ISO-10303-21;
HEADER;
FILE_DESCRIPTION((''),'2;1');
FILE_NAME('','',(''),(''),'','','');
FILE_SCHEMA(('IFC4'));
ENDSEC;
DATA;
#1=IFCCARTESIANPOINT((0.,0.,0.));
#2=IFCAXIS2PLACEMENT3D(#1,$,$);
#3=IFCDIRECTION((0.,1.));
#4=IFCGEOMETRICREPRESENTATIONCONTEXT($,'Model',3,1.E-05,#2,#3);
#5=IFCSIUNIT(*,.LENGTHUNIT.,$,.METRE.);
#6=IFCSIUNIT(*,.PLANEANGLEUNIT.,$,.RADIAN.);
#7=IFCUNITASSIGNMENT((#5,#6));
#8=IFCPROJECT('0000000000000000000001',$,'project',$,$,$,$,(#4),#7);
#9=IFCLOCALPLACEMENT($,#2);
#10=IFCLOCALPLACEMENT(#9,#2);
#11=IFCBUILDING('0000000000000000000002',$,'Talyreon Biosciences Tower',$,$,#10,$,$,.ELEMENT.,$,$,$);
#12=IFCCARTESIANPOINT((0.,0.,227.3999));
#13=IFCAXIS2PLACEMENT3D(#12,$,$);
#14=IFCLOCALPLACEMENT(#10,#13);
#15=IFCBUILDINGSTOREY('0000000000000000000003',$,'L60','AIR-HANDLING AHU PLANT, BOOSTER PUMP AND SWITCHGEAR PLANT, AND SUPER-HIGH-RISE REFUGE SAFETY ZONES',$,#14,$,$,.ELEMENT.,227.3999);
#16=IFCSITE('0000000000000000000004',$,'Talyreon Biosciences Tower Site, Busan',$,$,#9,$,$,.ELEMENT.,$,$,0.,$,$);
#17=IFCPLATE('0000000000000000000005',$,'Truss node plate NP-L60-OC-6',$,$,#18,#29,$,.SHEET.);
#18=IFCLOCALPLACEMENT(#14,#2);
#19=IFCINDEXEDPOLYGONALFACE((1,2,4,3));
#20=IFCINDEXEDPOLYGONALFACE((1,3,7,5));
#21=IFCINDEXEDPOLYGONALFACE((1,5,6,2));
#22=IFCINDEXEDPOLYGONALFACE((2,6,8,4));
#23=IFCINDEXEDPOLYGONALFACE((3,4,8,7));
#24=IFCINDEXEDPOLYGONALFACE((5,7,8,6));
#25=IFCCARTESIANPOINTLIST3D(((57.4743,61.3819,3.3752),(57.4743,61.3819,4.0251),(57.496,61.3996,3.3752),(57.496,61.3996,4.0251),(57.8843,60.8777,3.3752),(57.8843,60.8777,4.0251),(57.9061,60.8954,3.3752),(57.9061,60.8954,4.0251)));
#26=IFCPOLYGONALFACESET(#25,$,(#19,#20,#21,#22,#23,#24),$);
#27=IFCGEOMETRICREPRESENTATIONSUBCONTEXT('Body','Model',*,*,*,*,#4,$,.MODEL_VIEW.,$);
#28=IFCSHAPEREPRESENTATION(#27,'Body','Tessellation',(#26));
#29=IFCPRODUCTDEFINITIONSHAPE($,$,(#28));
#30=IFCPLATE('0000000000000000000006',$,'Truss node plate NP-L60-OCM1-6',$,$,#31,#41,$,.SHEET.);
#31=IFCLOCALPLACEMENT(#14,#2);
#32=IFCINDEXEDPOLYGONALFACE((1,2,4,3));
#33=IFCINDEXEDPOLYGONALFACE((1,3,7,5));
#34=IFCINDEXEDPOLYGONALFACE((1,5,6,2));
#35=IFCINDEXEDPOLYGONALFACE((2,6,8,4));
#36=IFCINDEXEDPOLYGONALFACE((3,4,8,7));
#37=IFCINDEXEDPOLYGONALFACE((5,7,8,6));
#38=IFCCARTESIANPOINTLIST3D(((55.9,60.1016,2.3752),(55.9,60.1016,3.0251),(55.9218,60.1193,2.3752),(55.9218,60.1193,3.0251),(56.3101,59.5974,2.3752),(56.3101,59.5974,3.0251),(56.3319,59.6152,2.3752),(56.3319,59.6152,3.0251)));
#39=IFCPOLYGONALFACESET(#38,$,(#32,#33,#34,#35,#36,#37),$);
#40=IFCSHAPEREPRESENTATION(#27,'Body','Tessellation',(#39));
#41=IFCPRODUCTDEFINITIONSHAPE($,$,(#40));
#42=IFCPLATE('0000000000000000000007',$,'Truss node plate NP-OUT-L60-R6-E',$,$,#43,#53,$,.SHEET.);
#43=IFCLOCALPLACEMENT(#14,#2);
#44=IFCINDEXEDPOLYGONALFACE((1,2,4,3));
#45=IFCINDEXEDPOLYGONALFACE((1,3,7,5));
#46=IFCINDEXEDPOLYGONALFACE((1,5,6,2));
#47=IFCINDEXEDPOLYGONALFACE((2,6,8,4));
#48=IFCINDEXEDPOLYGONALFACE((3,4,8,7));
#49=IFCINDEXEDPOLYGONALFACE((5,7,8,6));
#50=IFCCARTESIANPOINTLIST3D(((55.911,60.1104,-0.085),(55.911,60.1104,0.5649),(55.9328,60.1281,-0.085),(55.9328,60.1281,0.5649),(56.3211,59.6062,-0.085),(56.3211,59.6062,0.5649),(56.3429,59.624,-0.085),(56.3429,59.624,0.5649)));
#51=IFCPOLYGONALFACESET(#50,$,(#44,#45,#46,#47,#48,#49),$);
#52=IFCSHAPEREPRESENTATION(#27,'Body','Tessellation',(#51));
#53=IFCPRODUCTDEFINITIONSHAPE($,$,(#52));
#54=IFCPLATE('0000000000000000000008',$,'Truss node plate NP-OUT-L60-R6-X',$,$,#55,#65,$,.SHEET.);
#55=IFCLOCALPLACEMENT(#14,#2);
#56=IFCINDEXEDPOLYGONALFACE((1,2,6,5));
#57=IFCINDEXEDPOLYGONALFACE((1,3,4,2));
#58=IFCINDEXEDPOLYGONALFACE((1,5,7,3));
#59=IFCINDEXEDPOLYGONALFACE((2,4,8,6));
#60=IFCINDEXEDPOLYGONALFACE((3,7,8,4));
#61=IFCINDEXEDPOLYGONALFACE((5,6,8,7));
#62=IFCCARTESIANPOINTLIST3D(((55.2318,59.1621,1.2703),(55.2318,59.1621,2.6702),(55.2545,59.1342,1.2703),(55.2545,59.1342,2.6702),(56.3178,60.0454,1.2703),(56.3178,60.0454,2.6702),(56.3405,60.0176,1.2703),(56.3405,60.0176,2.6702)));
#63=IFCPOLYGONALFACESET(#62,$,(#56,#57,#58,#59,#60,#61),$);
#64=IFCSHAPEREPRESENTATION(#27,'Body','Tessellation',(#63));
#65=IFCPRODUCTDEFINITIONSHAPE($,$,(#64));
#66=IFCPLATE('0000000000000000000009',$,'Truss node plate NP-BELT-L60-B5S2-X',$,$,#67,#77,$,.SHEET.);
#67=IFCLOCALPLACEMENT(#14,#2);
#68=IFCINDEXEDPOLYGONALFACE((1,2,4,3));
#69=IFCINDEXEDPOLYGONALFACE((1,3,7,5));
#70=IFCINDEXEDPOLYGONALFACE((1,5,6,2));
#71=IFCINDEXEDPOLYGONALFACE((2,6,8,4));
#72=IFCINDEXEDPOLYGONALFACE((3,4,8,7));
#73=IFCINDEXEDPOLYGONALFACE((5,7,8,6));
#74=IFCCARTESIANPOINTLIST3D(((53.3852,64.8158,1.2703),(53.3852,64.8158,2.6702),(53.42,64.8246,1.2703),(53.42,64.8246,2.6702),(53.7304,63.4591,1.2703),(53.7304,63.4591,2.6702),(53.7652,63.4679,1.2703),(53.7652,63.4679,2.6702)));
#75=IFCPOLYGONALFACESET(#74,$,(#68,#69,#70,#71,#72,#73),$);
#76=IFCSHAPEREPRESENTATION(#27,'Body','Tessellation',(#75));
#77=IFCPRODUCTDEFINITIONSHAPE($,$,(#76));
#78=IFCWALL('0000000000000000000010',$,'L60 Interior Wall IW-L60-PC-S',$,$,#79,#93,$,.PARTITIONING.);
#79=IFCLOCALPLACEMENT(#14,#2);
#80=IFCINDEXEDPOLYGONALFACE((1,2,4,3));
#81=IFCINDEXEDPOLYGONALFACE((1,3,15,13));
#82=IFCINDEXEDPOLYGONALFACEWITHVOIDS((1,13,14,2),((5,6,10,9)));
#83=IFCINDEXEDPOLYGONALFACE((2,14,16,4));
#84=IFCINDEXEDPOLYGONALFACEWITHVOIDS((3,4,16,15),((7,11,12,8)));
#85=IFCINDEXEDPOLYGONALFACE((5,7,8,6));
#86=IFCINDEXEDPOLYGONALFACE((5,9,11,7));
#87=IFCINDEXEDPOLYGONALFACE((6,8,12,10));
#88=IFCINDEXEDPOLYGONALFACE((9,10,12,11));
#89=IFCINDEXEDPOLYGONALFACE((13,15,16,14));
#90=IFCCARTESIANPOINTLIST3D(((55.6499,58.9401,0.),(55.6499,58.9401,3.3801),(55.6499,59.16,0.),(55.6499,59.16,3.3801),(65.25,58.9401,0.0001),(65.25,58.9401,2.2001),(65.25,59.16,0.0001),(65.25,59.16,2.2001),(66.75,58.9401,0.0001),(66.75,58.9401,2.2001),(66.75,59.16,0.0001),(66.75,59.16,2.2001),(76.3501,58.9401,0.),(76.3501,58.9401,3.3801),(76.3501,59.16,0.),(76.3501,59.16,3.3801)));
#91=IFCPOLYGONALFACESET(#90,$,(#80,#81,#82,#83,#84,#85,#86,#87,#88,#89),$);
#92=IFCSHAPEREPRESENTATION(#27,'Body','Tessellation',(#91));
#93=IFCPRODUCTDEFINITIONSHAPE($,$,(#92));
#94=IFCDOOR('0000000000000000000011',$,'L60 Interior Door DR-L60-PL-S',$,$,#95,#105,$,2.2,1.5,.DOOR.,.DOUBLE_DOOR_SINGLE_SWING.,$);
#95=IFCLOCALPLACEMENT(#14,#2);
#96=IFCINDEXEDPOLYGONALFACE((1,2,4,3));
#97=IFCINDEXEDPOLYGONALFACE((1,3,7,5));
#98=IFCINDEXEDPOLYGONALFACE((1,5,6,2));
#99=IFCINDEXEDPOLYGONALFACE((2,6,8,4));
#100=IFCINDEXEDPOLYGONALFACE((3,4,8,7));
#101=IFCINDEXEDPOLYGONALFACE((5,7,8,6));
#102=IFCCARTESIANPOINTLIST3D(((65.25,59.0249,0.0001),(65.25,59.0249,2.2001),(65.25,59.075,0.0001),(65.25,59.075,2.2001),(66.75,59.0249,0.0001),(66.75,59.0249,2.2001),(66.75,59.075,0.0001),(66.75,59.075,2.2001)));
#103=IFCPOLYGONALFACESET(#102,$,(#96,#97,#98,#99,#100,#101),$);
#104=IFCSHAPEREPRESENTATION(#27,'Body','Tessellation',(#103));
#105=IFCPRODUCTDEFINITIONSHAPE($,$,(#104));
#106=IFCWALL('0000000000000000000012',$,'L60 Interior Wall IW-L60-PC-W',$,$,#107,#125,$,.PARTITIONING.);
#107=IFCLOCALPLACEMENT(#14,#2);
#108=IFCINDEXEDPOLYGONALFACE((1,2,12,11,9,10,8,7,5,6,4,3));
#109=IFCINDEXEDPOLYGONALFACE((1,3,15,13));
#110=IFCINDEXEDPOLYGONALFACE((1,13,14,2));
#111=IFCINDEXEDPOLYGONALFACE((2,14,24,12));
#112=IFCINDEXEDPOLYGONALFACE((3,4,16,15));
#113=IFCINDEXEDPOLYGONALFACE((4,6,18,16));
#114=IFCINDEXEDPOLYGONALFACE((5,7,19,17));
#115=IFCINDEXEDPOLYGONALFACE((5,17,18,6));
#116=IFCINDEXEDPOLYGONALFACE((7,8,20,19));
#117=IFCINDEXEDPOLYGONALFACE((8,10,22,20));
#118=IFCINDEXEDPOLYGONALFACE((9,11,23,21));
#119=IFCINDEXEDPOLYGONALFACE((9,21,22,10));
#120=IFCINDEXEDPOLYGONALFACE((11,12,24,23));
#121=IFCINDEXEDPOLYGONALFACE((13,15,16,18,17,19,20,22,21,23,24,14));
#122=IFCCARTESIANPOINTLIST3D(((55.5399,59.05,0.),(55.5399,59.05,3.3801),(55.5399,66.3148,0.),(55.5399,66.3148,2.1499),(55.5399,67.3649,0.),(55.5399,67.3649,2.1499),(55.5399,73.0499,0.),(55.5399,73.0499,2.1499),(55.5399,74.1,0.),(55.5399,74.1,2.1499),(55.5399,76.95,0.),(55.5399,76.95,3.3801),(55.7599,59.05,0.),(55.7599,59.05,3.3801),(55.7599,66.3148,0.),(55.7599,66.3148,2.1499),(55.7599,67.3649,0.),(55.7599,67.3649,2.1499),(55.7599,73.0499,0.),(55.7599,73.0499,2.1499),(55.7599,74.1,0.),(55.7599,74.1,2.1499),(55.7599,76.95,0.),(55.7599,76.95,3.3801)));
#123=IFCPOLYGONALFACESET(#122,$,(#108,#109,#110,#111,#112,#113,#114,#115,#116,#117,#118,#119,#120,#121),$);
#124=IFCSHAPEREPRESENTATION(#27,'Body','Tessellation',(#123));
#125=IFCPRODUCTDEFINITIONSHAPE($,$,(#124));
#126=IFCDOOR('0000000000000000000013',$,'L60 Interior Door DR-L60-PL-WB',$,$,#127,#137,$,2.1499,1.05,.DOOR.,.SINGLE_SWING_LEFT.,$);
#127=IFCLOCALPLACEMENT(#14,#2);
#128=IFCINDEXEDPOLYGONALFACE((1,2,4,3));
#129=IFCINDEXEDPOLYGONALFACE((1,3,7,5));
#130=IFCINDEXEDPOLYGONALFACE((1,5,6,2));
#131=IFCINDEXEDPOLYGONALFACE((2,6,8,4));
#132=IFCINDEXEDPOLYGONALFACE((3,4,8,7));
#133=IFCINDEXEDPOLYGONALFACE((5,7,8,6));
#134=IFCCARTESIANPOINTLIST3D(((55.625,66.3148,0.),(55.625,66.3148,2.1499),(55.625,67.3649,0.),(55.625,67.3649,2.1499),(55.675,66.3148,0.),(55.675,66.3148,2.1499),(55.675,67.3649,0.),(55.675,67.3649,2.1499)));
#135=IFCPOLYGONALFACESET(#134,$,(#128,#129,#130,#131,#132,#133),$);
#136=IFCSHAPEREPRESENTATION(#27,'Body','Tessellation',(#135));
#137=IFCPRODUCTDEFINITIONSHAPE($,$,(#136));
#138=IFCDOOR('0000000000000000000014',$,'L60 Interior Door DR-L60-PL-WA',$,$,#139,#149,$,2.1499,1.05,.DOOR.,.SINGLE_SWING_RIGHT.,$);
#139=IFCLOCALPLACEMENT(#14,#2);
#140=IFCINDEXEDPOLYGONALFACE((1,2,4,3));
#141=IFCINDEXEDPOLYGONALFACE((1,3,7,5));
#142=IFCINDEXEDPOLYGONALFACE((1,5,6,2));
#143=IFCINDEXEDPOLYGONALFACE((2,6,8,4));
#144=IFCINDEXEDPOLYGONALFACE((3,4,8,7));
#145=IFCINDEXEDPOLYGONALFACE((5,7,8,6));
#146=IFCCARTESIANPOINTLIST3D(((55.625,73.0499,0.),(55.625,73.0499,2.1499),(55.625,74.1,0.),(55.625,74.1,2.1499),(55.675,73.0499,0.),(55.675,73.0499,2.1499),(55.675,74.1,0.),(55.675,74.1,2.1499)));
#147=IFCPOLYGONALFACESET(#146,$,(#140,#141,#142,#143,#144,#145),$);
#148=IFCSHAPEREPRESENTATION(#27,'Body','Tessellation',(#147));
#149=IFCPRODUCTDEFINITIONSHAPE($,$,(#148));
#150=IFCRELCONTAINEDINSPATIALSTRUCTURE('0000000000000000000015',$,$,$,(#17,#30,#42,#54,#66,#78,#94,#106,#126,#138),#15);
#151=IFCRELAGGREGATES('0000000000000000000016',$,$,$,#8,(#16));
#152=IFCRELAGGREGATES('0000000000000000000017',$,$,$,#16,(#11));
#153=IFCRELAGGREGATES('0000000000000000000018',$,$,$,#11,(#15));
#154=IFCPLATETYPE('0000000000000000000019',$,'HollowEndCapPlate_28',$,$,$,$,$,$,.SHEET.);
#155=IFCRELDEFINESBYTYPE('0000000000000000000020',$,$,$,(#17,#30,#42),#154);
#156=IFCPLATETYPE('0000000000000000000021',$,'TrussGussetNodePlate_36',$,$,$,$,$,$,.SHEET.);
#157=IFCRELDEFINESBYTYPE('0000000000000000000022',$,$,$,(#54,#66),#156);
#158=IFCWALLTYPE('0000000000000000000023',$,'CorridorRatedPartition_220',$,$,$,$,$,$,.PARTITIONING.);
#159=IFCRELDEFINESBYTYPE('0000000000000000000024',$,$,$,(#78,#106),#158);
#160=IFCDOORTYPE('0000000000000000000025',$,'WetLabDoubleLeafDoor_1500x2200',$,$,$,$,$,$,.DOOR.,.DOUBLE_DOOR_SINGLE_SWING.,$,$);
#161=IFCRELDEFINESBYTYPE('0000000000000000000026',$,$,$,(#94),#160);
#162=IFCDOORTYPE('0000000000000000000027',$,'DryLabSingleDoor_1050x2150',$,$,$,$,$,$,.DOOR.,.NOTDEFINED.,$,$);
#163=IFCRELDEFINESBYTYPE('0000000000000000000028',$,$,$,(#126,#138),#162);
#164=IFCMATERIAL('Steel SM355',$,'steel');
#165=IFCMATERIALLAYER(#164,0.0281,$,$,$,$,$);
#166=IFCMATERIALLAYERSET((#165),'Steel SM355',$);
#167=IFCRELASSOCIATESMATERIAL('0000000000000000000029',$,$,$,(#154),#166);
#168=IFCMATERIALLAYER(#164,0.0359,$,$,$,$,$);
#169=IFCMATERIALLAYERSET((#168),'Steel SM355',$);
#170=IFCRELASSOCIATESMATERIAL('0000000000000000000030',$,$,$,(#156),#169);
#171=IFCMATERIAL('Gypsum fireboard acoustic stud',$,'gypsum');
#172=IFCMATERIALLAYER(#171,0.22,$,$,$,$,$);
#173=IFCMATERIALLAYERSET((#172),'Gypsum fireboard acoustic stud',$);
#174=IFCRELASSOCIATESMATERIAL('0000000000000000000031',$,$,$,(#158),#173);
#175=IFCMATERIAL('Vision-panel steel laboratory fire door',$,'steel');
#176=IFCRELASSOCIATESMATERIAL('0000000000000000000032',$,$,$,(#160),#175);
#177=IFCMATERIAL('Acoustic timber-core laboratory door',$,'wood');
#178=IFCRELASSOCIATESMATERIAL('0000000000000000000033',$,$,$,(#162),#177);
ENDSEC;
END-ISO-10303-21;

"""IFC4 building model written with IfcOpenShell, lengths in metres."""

from ifc_helpers import new_model, si_unit, direction, frame, frame_2d, origin, origin_2d, place, context, subcontext, project, spatial, rectangle, extrude, material, layer, layer_set, type_object, element, fill, save


model = new_model("IFC4")

# Units and contexts
model_context = context("Model", 3, precision=1e-05, world=origin(), true_north=direction((0.0, 1.0)))
body_context = subcontext(model_context, "Body", "Model", "MODEL_VIEW")
ifc_project = project(units=[si_unit("LENGTHUNIT", "METRE"), si_unit("PLANEANGLEUNIT", "RADIAN")], contexts=[model_context])

# Site, building, storey
site_placement = place(None, origin())
site = spatial("IfcSite", under=ifc_project, at=site_placement, Name="Talyreon Biosciences Tower Site, Busan", CompositionType="ELEMENT", RefElevation=0.0)
building_placement = place(site_placement, origin())
building = spatial("IfcBuilding", under=site, at=building_placement, Name="Talyreon Biosciences Tower", CompositionType="ELEMENT")
storey_placement = place(building_placement, frame((0.0, 0.0, 227.3999)))
storey = spatial("IfcBuildingStorey", under=building, at=storey_placement, Name="L60", Description="AIR-HANDLING AHU PLANT, BOOSTER PUMP AND SWITCHGEAR PLANT, AND SUPER-HIGH-RISE REFUGE SAFETY ZONES", CompositionType="ELEMENT", Elevation=227.3999)

# Shared definitions
ifc_material_1 = material(Name="Steel SM355", Category="steel")

# Plates
ifc_layer_1 = layer(ifc_material_1, 0.0281)
ifc_layer_set_1 = layer_set([ifc_layer_1], Name="Steel SM355")
plate_type_1 = type_object("IfcPlateType", Name="HollowEndCapPlate_28", PredefinedType="SHEET", material=ifc_layer_set_1)
for number, where, z_axis, x_axis, name in (
    (1, (57.6902, 61.1387, 3.3752), (0.0, 0.0, 1.0), (0.631001, -0.775782, 0.0), "Truss node plate NP-L60-OC-6"),
    (2, (56.116, 59.8584, 2.3752), (0.0, 0.0, 1.0), (0.631001, -0.775782, 0.0), "Truss node plate NP-L60-OCM1-6"),
    (3, (56.127, 59.8672, -0.085), (0.0, 0.0, 1.0), (0.631014, -0.775771, 0.0), "Truss node plate NP-OUT-L60-R6-E"),
):
    element("IfcPlate", number, at=place(storey_placement, frame(where, z_axis=z_axis, x_axis=x_axis)), inside=storey, type_object=plate_type_1, Name=name, PredefinedType="SHEET", context=body_context, shape_type="SweptSolid", body=[
        extrude(rectangle(XDim=0.6499, YDim=0.0281, at=origin_2d()), origin(), (0.0, 0.0, 1.0), 0.6499),
    ])
ifc_layer_2 = layer(ifc_material_1, 0.0359)
ifc_layer_set_2 = layer_set([ifc_layer_2], Name="Steel SM355")
plate_type_2 = type_object("IfcPlateType", Name="TrussGussetNodePlate_36", PredefinedType="SHEET", material=ifc_layer_set_2)
for number, where, z_axis, x_axis, name in (
    (4, (55.7861, 59.5898, 1.2703), (0.0, 0.0, 1.0), (-0.775771, -0.631014, 0.0), "Truss node plate NP-OUT-L60-R6-X"),
    (5, (53.5752, 64.1418, 1.2703), (0.0, 0.0, 1.0), (0.246542, -0.969132, 0.0), "Truss node plate NP-BELT-L60-B5S2-X"),
):
    element("IfcPlate", number, at=place(storey_placement, frame(where, z_axis=z_axis, x_axis=x_axis)), inside=storey, type_object=plate_type_2, Name=name, PredefinedType="SHEET", context=body_context, shape_type="SweptSolid", body=[
        extrude(rectangle(XDim=1.3999, YDim=0.0359, at=origin_2d()), origin(), (0.0, 0.0, 1.0), 1.3999),
    ])

# Wall, opening, door
ifc_material_2 = material(Name="Gypsum fireboard acoustic stud", Category="gypsum")
ifc_layer_3 = layer(ifc_material_2, 0.22)
ifc_layer_set_3 = layer_set([ifc_layer_3], Name="Gypsum fireboard acoustic stud")
wall_type = type_object("IfcWallType", Name="CorridorRatedPartition_220", PredefinedType="PARTITIONING", material=ifc_layer_set_3)
wall_1_placement = place(storey_placement, frame((55.6499, 59.05, 0.0), z_axis=(0.0, 0.0, 1.0), x_axis=(1.0, 0.0, 0.0)))
wall_1 = element("IfcWall", 6, at=wall_1_placement, inside=storey, type_object=wall_type, Name="L60 Interior Wall IW-L60-PC-S", PredefinedType="PARTITIONING", context=body_context, shape_type="SweptSolid", body=[
    extrude(rectangle(XDim=20.7002, YDim=0.22, at=frame_2d((10.3501, 0.0))), origin(), (0.0, 0.0, 1.0), 3.3801),
])
opening_1_placement = place(wall_1_placement, frame((9.6001, 0.0, 0.0)))
opening_1 = element("IfcOpeningElement", 7, at=opening_1_placement, cuts=wall_1, PredefinedType="OPENING", context=body_context, shape_type="SweptSolid", body=[
    extrude(rectangle(XDim=1.5, YDim=2.2, at=frame_2d((0.75, 1.1001))), frame((0.0, 0.1199, 0.0), z_axis=(0.0, -1.0, 0.0), x_axis=(1.0, 0.0, 0.0)), (0.0, 0.0, 1.0), 0.24),
])
ifc_material_3 = material(Name="Vision-panel steel laboratory fire door", Category="steel")
door_type_1 = type_object("IfcDoorType", Name="WetLabDoubleLeafDoor_1500x2200", OperationType="DOUBLE_DOOR_SINGLE_SWING", PredefinedType="DOOR", material=ifc_material_3)
door_1_placement = place(opening_1_placement, origin())
door_1 = element("IfcDoor", 8, at=door_1_placement, inside=storey, type_object=door_type_1, Name="L60 Interior Door DR-L60-PL-S", OperationType="DOUBLE_DOOR_SINGLE_SWING", OverallHeight=2.2, OverallWidth=1.5, PredefinedType="DOOR", context=body_context, shape_type="SweptSolid", body=[
    extrude(rectangle(XDim=1.5, YDim=2.2, at=frame_2d((0.75, 1.1001))), frame((0.0, 0.0249, 0.0), z_axis=(0.0, -1.0, 0.0), x_axis=(1.0, 0.0, 0.0)), (0.0, 0.0, 1.0), 0.05),
])
fill(opening_1, door_1)

# Wall, openings, doors
wall_2_placement = place(storey_placement, frame((55.6499, 59.05, 0.0), z_axis=(0.0, 0.0, 1.0), x_axis=(0.0, 1.0, 0.0)))
wall_2 = element("IfcWall", 9, at=wall_2_placement, inside=storey, type_object=wall_type, Name="L60 Interior Wall IW-L60-PC-W", PredefinedType="PARTITIONING", context=body_context, shape_type="SweptSolid", body=[
    extrude(rectangle(XDim=17.8999, YDim=0.22, at=frame_2d((8.95, 0.0))), origin(), (0.0, 0.0, 1.0), 3.3801),
])
opening_2_placement = place(wall_2_placement, frame((7.2649, 0.0, 0.0)))
opening_2 = element("IfcOpeningElement", 10, at=opening_2_placement, cuts=wall_2, PredefinedType="OPENING", context=body_context, shape_type="SweptSolid", body=[
    extrude(rectangle(XDim=1.05, YDim=2.1499, at=frame_2d((0.5249, 1.075))), frame((0.0, 0.1199, 0.0), z_axis=(0.0, -1.0, 0.0), x_axis=(1.0, 0.0, 0.0)), (0.0, 0.0, 1.0), 0.24),
])
opening_3_placement = place(wall_2_placement, frame((14.0, 0.0, 0.0)))
opening_3 = element("IfcOpeningElement", 11, at=opening_3_placement, cuts=wall_2, PredefinedType="OPENING", context=body_context, shape_type="SweptSolid", body=[
    extrude(rectangle(XDim=1.05, YDim=2.1499, at=frame_2d((0.5249, 1.075))), frame((0.0, 0.1199, 0.0), z_axis=(0.0, -1.0, 0.0), x_axis=(1.0, 0.0, 0.0)), (0.0, 0.0, 1.0), 0.24),
])
ifc_material_4 = material(Name="Acoustic timber-core laboratory door", Category="wood")
door_type_2 = type_object("IfcDoorType", Name="DryLabSingleDoor_1050x2150", OperationType="NOTDEFINED", PredefinedType="DOOR", material=ifc_material_4)
door_2_placement = place(opening_2_placement, origin())
door_2 = element("IfcDoor", 12, at=door_2_placement, inside=storey, type_object=door_type_2, Name="L60 Interior Door DR-L60-PL-WB", OperationType="SINGLE_SWING_LEFT", OverallHeight=2.1499, OverallWidth=1.05, PredefinedType="DOOR", context=body_context, shape_type="SweptSolid", body=[
    extrude(rectangle(XDim=1.05, YDim=2.1499, at=frame_2d((0.5249, 1.075))), frame((0.0, 0.0249, 0.0), z_axis=(0.0, -1.0, 0.0), x_axis=(1.0, 0.0, 0.0)), (0.0, 0.0, 1.0), 0.05),
])
fill(opening_2, door_2)
door_3_placement = place(opening_3_placement, origin())
door_3 = element("IfcDoor", 13, at=door_3_placement, inside=storey, type_object=door_type_2, Name="L60 Interior Door DR-L60-PL-WA", OperationType="SINGLE_SWING_RIGHT", OverallHeight=2.1499, OverallWidth=1.05, PredefinedType="DOOR", context=body_context, shape_type="SweptSolid", body=[
    extrude(rectangle(XDim=1.05, YDim=2.1499, at=frame_2d((0.5249, 1.075))), frame((0.0, 0.0249, 0.0), z_axis=(0.0, -1.0, 0.0), x_axis=(1.0, 0.0, 0.0)), (0.0, 0.0, 1.0), 0.05),
])
fill(opening_3, door_3)

save(model, "model.ifc")
